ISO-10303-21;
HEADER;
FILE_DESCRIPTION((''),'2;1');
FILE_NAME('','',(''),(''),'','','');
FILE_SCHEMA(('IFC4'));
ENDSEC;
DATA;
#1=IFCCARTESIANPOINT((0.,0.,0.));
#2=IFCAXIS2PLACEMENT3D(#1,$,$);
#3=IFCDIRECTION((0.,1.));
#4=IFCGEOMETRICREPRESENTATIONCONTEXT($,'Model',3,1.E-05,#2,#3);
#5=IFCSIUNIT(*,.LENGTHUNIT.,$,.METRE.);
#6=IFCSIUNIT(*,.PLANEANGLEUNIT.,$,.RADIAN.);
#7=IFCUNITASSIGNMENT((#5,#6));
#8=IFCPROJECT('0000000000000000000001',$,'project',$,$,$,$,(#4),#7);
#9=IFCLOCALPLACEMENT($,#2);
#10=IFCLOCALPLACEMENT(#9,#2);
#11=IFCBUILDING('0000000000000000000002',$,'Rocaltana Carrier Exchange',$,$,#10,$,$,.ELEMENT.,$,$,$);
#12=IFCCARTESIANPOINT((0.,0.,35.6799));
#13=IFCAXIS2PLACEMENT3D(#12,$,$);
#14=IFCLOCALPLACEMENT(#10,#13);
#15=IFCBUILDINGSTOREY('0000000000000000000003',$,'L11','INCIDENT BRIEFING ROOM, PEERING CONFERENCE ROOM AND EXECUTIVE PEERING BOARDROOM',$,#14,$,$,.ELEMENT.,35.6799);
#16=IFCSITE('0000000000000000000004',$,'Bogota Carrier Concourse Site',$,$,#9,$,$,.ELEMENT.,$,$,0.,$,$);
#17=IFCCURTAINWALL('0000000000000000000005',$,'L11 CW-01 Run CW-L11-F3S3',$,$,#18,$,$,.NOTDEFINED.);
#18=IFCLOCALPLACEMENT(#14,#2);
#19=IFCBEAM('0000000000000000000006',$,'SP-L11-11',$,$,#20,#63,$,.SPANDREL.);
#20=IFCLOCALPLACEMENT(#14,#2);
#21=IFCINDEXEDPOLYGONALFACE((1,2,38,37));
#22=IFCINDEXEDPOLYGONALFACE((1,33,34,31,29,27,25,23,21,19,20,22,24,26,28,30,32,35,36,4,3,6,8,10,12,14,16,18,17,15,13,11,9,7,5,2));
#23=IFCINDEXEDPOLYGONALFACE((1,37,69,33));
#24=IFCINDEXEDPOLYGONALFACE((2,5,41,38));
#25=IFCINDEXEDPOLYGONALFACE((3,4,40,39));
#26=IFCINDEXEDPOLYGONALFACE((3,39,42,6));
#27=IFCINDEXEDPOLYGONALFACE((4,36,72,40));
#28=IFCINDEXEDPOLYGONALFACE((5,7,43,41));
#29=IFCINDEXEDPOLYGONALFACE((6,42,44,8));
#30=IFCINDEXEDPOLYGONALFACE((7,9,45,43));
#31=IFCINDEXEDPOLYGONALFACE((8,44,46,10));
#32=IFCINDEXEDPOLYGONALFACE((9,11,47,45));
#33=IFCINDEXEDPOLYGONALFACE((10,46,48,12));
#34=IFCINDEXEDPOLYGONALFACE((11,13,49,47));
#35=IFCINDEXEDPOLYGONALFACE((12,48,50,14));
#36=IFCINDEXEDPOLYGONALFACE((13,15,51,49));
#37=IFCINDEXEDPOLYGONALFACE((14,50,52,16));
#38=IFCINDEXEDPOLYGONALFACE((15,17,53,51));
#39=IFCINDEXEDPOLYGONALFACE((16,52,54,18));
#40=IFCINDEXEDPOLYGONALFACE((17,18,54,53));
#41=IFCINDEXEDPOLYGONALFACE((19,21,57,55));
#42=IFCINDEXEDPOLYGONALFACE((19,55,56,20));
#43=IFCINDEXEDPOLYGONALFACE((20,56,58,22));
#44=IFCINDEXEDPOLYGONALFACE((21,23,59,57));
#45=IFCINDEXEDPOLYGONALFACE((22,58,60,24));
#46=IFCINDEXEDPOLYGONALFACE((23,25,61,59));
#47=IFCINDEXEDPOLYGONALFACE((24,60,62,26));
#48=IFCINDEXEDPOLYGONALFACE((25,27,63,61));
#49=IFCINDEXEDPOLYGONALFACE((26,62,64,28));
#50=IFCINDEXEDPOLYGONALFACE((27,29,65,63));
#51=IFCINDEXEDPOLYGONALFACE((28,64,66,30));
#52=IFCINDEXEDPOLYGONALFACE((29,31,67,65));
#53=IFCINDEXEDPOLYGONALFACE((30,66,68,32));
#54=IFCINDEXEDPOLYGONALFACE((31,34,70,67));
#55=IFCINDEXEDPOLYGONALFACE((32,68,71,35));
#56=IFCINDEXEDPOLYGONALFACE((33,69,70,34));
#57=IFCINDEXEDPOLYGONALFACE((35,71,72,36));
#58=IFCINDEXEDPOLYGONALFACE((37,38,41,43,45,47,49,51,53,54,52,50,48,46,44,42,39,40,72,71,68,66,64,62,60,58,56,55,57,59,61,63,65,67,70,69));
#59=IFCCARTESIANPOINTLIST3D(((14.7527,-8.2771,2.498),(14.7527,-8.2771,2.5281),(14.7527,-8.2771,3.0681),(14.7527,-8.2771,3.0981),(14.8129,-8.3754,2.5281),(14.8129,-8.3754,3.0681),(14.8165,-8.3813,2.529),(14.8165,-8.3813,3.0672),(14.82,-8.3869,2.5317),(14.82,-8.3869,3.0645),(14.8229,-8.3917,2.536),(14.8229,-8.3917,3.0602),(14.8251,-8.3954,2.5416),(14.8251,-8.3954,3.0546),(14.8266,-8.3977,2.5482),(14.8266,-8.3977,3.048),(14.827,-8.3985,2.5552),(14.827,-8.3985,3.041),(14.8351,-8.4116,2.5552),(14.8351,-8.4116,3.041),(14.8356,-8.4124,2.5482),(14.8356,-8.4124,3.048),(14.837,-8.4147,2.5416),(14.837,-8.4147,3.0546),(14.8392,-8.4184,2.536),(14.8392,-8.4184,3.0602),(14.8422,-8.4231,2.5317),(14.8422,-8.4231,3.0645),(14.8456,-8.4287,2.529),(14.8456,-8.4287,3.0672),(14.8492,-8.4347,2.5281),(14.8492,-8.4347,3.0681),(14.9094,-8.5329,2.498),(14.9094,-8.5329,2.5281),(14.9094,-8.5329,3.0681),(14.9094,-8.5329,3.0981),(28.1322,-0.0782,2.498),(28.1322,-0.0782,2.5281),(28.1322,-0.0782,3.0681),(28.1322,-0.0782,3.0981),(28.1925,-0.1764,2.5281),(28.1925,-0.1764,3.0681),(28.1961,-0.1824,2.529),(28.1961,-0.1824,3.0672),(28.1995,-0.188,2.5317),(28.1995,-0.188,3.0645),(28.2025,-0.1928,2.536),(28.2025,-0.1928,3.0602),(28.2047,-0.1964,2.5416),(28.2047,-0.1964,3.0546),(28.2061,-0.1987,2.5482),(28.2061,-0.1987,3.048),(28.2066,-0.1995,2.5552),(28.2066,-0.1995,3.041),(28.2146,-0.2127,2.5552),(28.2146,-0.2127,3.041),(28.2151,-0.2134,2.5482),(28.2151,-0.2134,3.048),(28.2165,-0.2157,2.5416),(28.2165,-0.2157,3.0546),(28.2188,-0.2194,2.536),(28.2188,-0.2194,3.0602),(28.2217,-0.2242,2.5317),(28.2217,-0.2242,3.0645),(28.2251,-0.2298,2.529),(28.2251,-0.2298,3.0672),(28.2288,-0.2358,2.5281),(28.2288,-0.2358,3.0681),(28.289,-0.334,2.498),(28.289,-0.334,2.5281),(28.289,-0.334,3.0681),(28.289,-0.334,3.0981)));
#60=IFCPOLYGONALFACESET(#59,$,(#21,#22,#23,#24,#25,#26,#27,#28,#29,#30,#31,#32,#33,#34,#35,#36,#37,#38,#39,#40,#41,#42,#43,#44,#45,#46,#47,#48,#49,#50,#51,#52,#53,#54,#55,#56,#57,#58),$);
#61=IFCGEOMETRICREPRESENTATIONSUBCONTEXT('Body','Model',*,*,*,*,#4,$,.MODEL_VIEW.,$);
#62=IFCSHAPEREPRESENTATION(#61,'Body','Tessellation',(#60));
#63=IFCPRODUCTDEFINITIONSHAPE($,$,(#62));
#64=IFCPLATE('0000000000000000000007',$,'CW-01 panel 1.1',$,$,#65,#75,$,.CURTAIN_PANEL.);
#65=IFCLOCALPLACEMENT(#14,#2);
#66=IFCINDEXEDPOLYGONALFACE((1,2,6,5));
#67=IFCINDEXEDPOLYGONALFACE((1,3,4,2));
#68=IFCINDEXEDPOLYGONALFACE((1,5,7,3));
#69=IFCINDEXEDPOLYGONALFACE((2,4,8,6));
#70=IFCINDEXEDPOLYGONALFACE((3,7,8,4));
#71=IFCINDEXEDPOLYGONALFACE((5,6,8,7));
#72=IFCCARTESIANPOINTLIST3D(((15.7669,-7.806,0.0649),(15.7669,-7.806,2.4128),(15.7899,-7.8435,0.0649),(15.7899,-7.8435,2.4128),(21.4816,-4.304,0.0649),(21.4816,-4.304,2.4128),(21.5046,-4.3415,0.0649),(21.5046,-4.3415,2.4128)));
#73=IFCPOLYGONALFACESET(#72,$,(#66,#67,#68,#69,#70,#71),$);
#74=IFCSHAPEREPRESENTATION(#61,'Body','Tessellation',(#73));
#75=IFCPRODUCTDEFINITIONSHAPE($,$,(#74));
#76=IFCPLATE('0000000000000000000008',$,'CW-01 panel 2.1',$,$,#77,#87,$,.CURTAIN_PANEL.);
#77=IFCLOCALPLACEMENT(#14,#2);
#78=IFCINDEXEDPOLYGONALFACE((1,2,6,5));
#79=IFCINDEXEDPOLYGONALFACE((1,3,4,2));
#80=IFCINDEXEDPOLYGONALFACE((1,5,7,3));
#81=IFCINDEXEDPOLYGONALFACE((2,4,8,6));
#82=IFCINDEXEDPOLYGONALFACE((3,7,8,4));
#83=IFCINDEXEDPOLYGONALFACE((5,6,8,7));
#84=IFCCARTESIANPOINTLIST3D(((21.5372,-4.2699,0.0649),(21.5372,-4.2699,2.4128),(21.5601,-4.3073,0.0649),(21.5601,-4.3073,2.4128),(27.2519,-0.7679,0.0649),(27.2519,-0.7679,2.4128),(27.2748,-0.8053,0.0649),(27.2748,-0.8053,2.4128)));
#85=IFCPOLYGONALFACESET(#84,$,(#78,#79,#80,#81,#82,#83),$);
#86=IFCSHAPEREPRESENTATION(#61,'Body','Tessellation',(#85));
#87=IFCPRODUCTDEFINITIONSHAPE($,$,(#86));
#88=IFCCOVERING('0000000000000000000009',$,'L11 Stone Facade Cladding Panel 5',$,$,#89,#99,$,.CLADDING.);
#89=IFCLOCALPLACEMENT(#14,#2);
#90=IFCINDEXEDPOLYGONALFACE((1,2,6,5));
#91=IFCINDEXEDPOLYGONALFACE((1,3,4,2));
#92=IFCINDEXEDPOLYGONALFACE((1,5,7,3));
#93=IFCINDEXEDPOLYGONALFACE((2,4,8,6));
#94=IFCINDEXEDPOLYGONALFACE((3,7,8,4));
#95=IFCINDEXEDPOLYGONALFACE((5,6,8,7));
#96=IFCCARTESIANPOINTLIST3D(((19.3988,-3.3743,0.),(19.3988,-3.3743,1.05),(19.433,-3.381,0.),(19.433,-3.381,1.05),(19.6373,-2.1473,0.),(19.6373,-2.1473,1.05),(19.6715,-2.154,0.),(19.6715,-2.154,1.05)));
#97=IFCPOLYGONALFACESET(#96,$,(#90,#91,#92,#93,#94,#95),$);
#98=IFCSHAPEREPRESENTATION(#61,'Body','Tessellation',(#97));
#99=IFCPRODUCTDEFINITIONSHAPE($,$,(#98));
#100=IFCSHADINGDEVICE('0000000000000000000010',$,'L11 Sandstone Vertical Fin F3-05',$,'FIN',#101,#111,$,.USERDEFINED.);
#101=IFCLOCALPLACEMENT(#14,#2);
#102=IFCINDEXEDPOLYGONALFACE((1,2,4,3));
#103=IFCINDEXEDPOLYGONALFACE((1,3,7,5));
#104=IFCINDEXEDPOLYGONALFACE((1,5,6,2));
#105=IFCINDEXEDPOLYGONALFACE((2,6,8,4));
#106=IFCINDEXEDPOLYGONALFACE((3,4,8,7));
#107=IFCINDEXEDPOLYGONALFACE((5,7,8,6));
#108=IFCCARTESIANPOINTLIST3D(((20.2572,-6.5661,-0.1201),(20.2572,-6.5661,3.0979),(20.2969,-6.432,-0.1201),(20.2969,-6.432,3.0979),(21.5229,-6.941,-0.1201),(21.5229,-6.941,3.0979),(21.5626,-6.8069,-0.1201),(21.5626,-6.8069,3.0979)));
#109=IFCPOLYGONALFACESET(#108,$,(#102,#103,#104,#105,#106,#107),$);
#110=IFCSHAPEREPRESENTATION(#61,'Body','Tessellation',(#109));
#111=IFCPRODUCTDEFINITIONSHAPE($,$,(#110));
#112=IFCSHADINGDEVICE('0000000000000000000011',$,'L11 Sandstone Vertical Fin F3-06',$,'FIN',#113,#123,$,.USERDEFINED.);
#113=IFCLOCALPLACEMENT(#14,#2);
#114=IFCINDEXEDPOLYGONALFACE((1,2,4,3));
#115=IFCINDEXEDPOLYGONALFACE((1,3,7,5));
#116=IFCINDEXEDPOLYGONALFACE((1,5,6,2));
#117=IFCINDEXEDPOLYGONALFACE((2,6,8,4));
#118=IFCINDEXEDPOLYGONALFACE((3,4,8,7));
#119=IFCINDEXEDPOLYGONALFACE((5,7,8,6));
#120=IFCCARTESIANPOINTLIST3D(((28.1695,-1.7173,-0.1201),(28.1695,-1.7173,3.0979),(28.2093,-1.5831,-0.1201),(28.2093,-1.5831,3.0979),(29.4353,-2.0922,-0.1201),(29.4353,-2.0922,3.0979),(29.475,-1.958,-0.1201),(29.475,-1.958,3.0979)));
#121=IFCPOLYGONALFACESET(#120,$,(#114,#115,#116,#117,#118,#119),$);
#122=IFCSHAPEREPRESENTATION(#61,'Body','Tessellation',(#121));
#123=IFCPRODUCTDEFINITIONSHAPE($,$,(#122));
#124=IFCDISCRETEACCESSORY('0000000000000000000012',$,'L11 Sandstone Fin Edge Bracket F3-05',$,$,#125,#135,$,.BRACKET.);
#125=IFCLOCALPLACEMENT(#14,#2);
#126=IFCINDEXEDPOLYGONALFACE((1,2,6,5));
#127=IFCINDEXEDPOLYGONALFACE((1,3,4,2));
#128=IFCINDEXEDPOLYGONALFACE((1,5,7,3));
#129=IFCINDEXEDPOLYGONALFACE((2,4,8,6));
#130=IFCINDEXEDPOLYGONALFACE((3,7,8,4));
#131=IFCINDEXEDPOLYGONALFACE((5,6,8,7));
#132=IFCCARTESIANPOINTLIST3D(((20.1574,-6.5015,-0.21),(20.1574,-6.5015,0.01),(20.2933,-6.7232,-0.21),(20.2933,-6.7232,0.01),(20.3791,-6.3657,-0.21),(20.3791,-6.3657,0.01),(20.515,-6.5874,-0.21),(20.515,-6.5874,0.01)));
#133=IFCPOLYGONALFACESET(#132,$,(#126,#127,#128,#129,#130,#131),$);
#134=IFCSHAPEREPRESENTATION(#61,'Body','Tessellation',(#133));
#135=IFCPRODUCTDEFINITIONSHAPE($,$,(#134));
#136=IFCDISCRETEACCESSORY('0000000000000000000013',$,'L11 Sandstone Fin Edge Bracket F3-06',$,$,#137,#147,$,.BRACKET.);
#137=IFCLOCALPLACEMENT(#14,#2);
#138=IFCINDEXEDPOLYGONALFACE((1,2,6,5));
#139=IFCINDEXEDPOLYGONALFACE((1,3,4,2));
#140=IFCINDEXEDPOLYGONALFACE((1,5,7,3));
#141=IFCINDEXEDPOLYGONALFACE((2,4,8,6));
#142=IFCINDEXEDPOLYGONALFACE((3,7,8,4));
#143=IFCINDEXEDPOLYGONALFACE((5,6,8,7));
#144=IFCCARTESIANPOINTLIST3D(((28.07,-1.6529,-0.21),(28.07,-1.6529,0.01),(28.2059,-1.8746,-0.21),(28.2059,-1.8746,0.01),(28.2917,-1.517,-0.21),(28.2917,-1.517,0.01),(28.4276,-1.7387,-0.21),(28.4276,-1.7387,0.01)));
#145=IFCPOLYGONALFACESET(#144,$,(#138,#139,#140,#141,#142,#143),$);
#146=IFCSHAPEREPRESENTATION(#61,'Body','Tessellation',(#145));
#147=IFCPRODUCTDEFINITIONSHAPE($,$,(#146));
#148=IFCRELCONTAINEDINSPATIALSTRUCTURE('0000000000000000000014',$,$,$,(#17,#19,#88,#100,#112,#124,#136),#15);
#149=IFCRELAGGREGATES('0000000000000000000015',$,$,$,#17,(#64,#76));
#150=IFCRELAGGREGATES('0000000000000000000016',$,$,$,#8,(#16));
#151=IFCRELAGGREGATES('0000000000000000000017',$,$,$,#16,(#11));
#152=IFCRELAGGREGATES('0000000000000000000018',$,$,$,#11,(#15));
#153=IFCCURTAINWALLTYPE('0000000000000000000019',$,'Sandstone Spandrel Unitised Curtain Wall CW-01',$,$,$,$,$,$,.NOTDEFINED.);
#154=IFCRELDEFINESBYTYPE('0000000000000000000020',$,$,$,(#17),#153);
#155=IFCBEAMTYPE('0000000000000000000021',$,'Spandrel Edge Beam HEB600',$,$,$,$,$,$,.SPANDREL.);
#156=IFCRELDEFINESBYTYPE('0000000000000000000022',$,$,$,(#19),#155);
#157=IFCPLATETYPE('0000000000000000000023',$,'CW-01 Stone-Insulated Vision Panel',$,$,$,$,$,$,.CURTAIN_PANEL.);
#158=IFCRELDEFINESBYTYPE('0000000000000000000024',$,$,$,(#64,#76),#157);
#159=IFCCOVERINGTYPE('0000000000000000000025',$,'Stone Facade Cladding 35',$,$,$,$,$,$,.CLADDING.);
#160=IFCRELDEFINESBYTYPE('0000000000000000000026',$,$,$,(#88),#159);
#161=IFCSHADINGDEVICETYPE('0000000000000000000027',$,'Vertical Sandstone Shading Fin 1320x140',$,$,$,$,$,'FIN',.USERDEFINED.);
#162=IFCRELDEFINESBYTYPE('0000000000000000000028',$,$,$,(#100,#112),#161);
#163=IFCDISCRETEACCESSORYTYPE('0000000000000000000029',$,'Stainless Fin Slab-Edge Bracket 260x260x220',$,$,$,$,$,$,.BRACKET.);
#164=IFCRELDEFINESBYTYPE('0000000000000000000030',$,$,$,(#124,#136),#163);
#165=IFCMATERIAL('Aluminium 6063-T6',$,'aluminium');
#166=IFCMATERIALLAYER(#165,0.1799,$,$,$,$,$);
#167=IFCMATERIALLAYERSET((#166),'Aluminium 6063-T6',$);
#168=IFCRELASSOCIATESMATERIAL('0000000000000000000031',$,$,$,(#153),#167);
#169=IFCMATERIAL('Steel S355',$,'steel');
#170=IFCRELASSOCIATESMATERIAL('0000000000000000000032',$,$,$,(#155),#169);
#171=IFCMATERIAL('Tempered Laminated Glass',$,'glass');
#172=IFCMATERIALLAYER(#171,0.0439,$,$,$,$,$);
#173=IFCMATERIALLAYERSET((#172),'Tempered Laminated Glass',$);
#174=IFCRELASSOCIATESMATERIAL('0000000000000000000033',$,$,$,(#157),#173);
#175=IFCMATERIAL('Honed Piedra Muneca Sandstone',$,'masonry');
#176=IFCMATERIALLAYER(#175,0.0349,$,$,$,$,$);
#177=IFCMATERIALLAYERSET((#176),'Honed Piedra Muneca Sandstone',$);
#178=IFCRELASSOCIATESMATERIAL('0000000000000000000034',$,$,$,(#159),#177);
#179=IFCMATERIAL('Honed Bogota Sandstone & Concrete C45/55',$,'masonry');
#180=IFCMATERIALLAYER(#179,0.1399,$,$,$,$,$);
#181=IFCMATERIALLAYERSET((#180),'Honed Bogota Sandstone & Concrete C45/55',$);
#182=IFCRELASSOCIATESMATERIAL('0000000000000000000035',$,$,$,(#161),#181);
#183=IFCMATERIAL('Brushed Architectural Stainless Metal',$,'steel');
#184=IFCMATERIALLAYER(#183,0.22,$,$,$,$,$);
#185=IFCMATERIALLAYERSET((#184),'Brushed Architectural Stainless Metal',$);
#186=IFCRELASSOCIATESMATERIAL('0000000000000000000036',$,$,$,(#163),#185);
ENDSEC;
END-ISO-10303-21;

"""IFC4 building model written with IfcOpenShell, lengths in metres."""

from ifc_helpers import new_model, si_unit, direction, frame, origin, origin_2d, place, context, subcontext, project, spatial, rectangle, i_section, extrude, material, layer, layer_set, material_profile, profile_set, type_object, element, aggregate, save


model = new_model("IFC4")

# Units and contexts
model_context = context("Model", 3, precision=1e-05, world=origin(), true_north=direction((0.0, 1.0)))
body_context = subcontext(model_context, "Body", "Model", "MODEL_VIEW")
ifc_project = project(units=[si_unit("LENGTHUNIT", "METRE"), si_unit("PLANEANGLEUNIT", "RADIAN")], contexts=[model_context])

# Site, building, storey
site_placement = place(None, origin())
site = spatial("IfcSite", under=ifc_project, at=site_placement, Name="Bogota Carrier Concourse Site", CompositionType="ELEMENT", RefElevation=0.0)
building_placement = place(site_placement, origin())
building = spatial("IfcBuilding", under=site, at=building_placement, Name="Rocaltana Carrier Exchange", CompositionType="ELEMENT")
storey_placement = place(building_placement, frame((0.0, 0.0, 35.6799)))
storey = spatial("IfcBuildingStorey", under=building, at=storey_placement, Name="L11", Description="INCIDENT BRIEFING ROOM, PEERING CONFERENCE ROOM AND EXECUTIVE PEERING BOARDROOM", CompositionType="ELEMENT", Elevation=35.6799)

# Curtain wall
ifc_material_1 = material(Name="Aluminium 6063-T6", Category="aluminium")
ifc_layer_1 = layer(ifc_material_1, 0.1799)
ifc_layer_set_1 = layer_set([ifc_layer_1], Name="Aluminium 6063-T6")
curtain_wall_type = type_object("IfcCurtainWallType", Name="Sandstone Spandrel Unitised Curtain Wall CW-01", PredefinedType="NOTDEFINED", material=ifc_layer_set_1)
curtain_wall_placement = place(storey_placement, origin())
curtain_wall = element("IfcCurtainWall", 1, at=curtain_wall_placement, inside=storey, type_object=curtain_wall_type, Name="L11 CW-01 Run CW-L11-F3S3", PredefinedType="NOTDEFINED")

# Beam
ifc_material_2 = material(Name="Steel S355", Category="steel")
ifc_material_profile_1 = material_profile(ifc_material_2, i_section(OverallWidth=0.3, OverallDepth=0.6001, WebThickness=0.0154, FlangeThickness=0.03, FilletRadius=0.0271, at=origin_2d()), Name="HEB600")
ifc_profile_set_1 = profile_set([ifc_material_profile_1], Name="Steel S355")
beam_type_1 = type_object("IfcBeamType", Name="Spandrel Edge Beam HEB600", PredefinedType="SPANDREL", material=ifc_profile_set_1)
beam_1_placement = place(storey_placement, frame((14.8311, -8.405, 2.7981), z_axis=(0.852642, 0.522495, 0.0), x_axis=(-0.522495, 0.852642, 0.0)))
element("IfcBeam", 2, at=beam_1_placement, inside=storey, type_object=beam_type_1, Name="SP-L11-11", PredefinedType="SPANDREL", context=body_context, shape_type="SweptSolid", body=[
    extrude(i_section(OverallWidth=0.3, OverallDepth=0.6001, WebThickness=0.0154, FlangeThickness=0.03, FilletRadius=0.0271, at=origin_2d()), origin(), (0.0, 0.0, 1.0), 15.6919),
])

# Plates
ifc_material_3 = material(Name="Tempered Laminated Glass", Category="glass")
ifc_layer_2 = layer(ifc_material_3, 0.0439)
ifc_layer_set_2 = layer_set([ifc_layer_2], Name="Tempered Laminated Glass")
plate_type = type_object("IfcPlateType", Name="CW-01 Stone-Insulated Vision Panel", PredefinedType="CURTAIN_PANEL", material=ifc_layer_set_2)
plate_1_placement = place(storey_placement, frame((18.6357, -6.0737, 0.0649), z_axis=(0.0, 0.0, 1.0), x_axis=(0.852639, 0.5225, 0.0)))
plate_1 = element("IfcPlate", 3, at=plate_1_placement, type_object=plate_type, Name="CW-01 panel 1.1", PredefinedType="CURTAIN_PANEL", context=body_context, shape_type="SweptSolid", body=[
    extrude(rectangle(XDim=6.7024, YDim=0.0439, at=origin_2d()), origin(), (0.0, 0.0, 1.0), 2.3479),
])
plate_2_placement = place(storey_placement, frame((24.406, -2.5376, 0.0649), z_axis=(0.0, 0.0, 1.0), x_axis=(0.852639, 0.5225, 0.0)))
plate_2 = element("IfcPlate", 4, at=plate_2_placement, type_object=plate_type, Name="CW-01 panel 2.1", PredefinedType="CURTAIN_PANEL", context=body_context, shape_type="SweptSolid", body=[
    extrude(rectangle(XDim=6.7024, YDim=0.0439, at=origin_2d()), origin(), (0.0, 0.0, 1.0), 2.3479),
])
aggregate(curtain_wall, [plate_1, plate_2])

# Covering
ifc_material_4 = material(Name="Honed Piedra Muneca Sandstone", Category="masonry")
ifc_layer_3 = layer(ifc_material_4, 0.0349)
ifc_layer_set_3 = layer_set([ifc_layer_3], Name="Honed Piedra Muneca Sandstone")
covering_type = type_object("IfcCoveringType", Name="Stone Facade Cladding 35", PredefinedType="CLADDING", material=ifc_layer_set_3)
covering_placement = place(storey_placement, frame((19.5352, -2.7642, 0.0), z_axis=(0.0, 0.0, 1.0), x_axis=(0.190809, 0.981627, 0.0)))
element("IfcCovering", 5, at=covering_placement, inside=storey, type_object=covering_type, Name="L11 Stone Facade Cladding Panel 5", PredefinedType="CLADDING", context=body_context, shape_type="SweptSolid", body=[
    extrude(rectangle(XDim=1.25, YDim=0.0349, at=origin_2d()), origin(), (0.0, 0.0, 1.0), 1.05),
])

# Shading devices
ifc_material_5 = material(Name="Honed Bogota Sandstone & Concrete C45/55", Category="masonry")
ifc_layer_4 = layer(ifc_material_5, 0.1399)
ifc_layer_set_4 = layer_set([ifc_layer_4], Name="Honed Bogota Sandstone & Concrete C45/55")
shading_device_type = type_object("IfcShadingDeviceType", Name="Vertical Sandstone Shading Fin 1320x140", ElementType="FIN", PredefinedType="USERDEFINED", material=ifc_layer_set_4)
for number, where, z_axis, x_axis, name in (
    (6, (20.9099, -6.6865, -0.1201), (0.0, 0.0, 1.0), (0.95882, -0.284015, 0.0), "L11 Sandstone Vertical Fin F3-05"),
    (7, (28.8223, -1.8376, -0.1201), (0.0, 0.0, 1.0), (0.95882, -0.284015, 0.0), "L11 Sandstone Vertical Fin F3-06"),
):
    element("IfcShadingDevice", number, at=place(storey_placement, frame(where, z_axis=z_axis, x_axis=x_axis)), inside=storey, type_object=shading_device_type, Name=name, ObjectType="FIN", PredefinedType="USERDEFINED", context=body_context, shape_type="SweptSolid", body=[
        extrude(rectangle(XDim=1.3201, YDim=0.1399, at=origin_2d()), origin(), (0.0, 0.0, 1.0), 3.218),
    ])

# Discrete accessories
ifc_material_6 = material(Name="Brushed Architectural Stainless Metal", Category="steel")
ifc_layer_5 = layer(ifc_material_6, 0.22)
ifc_layer_set_5 = layer_set([ifc_layer_5], Name="Brushed Architectural Stainless Metal")
discrete_accessory_type = type_object("IfcDiscreteAccessoryType", Name="Stainless Fin Slab-Edge Bracket 260x260x220", PredefinedType="BRACKET", material=ifc_layer_set_5)
for number, where, z_axis, x_axis, name in (
    (8, (20.3362, -6.5444, -0.21), (0.0, 0.0, 1.0), (0.85264, 0.522499, 0.0), "L11 Sandstone Fin Edge Bracket F3-05"),
    (9, (28.2488, -1.6958, -0.21), (0.0, 0.0, 1.0), (0.85264, 0.522499, 0.0), "L11 Sandstone Fin Edge Bracket F3-06"),
):
    element("IfcDiscreteAccessory", number, at=place(storey_placement, frame(where, z_axis=z_axis, x_axis=x_axis)), inside=storey, type_object=discrete_accessory_type, Name=name, PredefinedType="BRACKET", context=body_context, shape_type="SweptSolid", body=[
        extrude(rectangle(XDim=0.26, YDim=0.26, at=origin_2d()), origin(), (0.0, 0.0, 1.0), 0.22),
    ])

save(model, "model.ifc")
